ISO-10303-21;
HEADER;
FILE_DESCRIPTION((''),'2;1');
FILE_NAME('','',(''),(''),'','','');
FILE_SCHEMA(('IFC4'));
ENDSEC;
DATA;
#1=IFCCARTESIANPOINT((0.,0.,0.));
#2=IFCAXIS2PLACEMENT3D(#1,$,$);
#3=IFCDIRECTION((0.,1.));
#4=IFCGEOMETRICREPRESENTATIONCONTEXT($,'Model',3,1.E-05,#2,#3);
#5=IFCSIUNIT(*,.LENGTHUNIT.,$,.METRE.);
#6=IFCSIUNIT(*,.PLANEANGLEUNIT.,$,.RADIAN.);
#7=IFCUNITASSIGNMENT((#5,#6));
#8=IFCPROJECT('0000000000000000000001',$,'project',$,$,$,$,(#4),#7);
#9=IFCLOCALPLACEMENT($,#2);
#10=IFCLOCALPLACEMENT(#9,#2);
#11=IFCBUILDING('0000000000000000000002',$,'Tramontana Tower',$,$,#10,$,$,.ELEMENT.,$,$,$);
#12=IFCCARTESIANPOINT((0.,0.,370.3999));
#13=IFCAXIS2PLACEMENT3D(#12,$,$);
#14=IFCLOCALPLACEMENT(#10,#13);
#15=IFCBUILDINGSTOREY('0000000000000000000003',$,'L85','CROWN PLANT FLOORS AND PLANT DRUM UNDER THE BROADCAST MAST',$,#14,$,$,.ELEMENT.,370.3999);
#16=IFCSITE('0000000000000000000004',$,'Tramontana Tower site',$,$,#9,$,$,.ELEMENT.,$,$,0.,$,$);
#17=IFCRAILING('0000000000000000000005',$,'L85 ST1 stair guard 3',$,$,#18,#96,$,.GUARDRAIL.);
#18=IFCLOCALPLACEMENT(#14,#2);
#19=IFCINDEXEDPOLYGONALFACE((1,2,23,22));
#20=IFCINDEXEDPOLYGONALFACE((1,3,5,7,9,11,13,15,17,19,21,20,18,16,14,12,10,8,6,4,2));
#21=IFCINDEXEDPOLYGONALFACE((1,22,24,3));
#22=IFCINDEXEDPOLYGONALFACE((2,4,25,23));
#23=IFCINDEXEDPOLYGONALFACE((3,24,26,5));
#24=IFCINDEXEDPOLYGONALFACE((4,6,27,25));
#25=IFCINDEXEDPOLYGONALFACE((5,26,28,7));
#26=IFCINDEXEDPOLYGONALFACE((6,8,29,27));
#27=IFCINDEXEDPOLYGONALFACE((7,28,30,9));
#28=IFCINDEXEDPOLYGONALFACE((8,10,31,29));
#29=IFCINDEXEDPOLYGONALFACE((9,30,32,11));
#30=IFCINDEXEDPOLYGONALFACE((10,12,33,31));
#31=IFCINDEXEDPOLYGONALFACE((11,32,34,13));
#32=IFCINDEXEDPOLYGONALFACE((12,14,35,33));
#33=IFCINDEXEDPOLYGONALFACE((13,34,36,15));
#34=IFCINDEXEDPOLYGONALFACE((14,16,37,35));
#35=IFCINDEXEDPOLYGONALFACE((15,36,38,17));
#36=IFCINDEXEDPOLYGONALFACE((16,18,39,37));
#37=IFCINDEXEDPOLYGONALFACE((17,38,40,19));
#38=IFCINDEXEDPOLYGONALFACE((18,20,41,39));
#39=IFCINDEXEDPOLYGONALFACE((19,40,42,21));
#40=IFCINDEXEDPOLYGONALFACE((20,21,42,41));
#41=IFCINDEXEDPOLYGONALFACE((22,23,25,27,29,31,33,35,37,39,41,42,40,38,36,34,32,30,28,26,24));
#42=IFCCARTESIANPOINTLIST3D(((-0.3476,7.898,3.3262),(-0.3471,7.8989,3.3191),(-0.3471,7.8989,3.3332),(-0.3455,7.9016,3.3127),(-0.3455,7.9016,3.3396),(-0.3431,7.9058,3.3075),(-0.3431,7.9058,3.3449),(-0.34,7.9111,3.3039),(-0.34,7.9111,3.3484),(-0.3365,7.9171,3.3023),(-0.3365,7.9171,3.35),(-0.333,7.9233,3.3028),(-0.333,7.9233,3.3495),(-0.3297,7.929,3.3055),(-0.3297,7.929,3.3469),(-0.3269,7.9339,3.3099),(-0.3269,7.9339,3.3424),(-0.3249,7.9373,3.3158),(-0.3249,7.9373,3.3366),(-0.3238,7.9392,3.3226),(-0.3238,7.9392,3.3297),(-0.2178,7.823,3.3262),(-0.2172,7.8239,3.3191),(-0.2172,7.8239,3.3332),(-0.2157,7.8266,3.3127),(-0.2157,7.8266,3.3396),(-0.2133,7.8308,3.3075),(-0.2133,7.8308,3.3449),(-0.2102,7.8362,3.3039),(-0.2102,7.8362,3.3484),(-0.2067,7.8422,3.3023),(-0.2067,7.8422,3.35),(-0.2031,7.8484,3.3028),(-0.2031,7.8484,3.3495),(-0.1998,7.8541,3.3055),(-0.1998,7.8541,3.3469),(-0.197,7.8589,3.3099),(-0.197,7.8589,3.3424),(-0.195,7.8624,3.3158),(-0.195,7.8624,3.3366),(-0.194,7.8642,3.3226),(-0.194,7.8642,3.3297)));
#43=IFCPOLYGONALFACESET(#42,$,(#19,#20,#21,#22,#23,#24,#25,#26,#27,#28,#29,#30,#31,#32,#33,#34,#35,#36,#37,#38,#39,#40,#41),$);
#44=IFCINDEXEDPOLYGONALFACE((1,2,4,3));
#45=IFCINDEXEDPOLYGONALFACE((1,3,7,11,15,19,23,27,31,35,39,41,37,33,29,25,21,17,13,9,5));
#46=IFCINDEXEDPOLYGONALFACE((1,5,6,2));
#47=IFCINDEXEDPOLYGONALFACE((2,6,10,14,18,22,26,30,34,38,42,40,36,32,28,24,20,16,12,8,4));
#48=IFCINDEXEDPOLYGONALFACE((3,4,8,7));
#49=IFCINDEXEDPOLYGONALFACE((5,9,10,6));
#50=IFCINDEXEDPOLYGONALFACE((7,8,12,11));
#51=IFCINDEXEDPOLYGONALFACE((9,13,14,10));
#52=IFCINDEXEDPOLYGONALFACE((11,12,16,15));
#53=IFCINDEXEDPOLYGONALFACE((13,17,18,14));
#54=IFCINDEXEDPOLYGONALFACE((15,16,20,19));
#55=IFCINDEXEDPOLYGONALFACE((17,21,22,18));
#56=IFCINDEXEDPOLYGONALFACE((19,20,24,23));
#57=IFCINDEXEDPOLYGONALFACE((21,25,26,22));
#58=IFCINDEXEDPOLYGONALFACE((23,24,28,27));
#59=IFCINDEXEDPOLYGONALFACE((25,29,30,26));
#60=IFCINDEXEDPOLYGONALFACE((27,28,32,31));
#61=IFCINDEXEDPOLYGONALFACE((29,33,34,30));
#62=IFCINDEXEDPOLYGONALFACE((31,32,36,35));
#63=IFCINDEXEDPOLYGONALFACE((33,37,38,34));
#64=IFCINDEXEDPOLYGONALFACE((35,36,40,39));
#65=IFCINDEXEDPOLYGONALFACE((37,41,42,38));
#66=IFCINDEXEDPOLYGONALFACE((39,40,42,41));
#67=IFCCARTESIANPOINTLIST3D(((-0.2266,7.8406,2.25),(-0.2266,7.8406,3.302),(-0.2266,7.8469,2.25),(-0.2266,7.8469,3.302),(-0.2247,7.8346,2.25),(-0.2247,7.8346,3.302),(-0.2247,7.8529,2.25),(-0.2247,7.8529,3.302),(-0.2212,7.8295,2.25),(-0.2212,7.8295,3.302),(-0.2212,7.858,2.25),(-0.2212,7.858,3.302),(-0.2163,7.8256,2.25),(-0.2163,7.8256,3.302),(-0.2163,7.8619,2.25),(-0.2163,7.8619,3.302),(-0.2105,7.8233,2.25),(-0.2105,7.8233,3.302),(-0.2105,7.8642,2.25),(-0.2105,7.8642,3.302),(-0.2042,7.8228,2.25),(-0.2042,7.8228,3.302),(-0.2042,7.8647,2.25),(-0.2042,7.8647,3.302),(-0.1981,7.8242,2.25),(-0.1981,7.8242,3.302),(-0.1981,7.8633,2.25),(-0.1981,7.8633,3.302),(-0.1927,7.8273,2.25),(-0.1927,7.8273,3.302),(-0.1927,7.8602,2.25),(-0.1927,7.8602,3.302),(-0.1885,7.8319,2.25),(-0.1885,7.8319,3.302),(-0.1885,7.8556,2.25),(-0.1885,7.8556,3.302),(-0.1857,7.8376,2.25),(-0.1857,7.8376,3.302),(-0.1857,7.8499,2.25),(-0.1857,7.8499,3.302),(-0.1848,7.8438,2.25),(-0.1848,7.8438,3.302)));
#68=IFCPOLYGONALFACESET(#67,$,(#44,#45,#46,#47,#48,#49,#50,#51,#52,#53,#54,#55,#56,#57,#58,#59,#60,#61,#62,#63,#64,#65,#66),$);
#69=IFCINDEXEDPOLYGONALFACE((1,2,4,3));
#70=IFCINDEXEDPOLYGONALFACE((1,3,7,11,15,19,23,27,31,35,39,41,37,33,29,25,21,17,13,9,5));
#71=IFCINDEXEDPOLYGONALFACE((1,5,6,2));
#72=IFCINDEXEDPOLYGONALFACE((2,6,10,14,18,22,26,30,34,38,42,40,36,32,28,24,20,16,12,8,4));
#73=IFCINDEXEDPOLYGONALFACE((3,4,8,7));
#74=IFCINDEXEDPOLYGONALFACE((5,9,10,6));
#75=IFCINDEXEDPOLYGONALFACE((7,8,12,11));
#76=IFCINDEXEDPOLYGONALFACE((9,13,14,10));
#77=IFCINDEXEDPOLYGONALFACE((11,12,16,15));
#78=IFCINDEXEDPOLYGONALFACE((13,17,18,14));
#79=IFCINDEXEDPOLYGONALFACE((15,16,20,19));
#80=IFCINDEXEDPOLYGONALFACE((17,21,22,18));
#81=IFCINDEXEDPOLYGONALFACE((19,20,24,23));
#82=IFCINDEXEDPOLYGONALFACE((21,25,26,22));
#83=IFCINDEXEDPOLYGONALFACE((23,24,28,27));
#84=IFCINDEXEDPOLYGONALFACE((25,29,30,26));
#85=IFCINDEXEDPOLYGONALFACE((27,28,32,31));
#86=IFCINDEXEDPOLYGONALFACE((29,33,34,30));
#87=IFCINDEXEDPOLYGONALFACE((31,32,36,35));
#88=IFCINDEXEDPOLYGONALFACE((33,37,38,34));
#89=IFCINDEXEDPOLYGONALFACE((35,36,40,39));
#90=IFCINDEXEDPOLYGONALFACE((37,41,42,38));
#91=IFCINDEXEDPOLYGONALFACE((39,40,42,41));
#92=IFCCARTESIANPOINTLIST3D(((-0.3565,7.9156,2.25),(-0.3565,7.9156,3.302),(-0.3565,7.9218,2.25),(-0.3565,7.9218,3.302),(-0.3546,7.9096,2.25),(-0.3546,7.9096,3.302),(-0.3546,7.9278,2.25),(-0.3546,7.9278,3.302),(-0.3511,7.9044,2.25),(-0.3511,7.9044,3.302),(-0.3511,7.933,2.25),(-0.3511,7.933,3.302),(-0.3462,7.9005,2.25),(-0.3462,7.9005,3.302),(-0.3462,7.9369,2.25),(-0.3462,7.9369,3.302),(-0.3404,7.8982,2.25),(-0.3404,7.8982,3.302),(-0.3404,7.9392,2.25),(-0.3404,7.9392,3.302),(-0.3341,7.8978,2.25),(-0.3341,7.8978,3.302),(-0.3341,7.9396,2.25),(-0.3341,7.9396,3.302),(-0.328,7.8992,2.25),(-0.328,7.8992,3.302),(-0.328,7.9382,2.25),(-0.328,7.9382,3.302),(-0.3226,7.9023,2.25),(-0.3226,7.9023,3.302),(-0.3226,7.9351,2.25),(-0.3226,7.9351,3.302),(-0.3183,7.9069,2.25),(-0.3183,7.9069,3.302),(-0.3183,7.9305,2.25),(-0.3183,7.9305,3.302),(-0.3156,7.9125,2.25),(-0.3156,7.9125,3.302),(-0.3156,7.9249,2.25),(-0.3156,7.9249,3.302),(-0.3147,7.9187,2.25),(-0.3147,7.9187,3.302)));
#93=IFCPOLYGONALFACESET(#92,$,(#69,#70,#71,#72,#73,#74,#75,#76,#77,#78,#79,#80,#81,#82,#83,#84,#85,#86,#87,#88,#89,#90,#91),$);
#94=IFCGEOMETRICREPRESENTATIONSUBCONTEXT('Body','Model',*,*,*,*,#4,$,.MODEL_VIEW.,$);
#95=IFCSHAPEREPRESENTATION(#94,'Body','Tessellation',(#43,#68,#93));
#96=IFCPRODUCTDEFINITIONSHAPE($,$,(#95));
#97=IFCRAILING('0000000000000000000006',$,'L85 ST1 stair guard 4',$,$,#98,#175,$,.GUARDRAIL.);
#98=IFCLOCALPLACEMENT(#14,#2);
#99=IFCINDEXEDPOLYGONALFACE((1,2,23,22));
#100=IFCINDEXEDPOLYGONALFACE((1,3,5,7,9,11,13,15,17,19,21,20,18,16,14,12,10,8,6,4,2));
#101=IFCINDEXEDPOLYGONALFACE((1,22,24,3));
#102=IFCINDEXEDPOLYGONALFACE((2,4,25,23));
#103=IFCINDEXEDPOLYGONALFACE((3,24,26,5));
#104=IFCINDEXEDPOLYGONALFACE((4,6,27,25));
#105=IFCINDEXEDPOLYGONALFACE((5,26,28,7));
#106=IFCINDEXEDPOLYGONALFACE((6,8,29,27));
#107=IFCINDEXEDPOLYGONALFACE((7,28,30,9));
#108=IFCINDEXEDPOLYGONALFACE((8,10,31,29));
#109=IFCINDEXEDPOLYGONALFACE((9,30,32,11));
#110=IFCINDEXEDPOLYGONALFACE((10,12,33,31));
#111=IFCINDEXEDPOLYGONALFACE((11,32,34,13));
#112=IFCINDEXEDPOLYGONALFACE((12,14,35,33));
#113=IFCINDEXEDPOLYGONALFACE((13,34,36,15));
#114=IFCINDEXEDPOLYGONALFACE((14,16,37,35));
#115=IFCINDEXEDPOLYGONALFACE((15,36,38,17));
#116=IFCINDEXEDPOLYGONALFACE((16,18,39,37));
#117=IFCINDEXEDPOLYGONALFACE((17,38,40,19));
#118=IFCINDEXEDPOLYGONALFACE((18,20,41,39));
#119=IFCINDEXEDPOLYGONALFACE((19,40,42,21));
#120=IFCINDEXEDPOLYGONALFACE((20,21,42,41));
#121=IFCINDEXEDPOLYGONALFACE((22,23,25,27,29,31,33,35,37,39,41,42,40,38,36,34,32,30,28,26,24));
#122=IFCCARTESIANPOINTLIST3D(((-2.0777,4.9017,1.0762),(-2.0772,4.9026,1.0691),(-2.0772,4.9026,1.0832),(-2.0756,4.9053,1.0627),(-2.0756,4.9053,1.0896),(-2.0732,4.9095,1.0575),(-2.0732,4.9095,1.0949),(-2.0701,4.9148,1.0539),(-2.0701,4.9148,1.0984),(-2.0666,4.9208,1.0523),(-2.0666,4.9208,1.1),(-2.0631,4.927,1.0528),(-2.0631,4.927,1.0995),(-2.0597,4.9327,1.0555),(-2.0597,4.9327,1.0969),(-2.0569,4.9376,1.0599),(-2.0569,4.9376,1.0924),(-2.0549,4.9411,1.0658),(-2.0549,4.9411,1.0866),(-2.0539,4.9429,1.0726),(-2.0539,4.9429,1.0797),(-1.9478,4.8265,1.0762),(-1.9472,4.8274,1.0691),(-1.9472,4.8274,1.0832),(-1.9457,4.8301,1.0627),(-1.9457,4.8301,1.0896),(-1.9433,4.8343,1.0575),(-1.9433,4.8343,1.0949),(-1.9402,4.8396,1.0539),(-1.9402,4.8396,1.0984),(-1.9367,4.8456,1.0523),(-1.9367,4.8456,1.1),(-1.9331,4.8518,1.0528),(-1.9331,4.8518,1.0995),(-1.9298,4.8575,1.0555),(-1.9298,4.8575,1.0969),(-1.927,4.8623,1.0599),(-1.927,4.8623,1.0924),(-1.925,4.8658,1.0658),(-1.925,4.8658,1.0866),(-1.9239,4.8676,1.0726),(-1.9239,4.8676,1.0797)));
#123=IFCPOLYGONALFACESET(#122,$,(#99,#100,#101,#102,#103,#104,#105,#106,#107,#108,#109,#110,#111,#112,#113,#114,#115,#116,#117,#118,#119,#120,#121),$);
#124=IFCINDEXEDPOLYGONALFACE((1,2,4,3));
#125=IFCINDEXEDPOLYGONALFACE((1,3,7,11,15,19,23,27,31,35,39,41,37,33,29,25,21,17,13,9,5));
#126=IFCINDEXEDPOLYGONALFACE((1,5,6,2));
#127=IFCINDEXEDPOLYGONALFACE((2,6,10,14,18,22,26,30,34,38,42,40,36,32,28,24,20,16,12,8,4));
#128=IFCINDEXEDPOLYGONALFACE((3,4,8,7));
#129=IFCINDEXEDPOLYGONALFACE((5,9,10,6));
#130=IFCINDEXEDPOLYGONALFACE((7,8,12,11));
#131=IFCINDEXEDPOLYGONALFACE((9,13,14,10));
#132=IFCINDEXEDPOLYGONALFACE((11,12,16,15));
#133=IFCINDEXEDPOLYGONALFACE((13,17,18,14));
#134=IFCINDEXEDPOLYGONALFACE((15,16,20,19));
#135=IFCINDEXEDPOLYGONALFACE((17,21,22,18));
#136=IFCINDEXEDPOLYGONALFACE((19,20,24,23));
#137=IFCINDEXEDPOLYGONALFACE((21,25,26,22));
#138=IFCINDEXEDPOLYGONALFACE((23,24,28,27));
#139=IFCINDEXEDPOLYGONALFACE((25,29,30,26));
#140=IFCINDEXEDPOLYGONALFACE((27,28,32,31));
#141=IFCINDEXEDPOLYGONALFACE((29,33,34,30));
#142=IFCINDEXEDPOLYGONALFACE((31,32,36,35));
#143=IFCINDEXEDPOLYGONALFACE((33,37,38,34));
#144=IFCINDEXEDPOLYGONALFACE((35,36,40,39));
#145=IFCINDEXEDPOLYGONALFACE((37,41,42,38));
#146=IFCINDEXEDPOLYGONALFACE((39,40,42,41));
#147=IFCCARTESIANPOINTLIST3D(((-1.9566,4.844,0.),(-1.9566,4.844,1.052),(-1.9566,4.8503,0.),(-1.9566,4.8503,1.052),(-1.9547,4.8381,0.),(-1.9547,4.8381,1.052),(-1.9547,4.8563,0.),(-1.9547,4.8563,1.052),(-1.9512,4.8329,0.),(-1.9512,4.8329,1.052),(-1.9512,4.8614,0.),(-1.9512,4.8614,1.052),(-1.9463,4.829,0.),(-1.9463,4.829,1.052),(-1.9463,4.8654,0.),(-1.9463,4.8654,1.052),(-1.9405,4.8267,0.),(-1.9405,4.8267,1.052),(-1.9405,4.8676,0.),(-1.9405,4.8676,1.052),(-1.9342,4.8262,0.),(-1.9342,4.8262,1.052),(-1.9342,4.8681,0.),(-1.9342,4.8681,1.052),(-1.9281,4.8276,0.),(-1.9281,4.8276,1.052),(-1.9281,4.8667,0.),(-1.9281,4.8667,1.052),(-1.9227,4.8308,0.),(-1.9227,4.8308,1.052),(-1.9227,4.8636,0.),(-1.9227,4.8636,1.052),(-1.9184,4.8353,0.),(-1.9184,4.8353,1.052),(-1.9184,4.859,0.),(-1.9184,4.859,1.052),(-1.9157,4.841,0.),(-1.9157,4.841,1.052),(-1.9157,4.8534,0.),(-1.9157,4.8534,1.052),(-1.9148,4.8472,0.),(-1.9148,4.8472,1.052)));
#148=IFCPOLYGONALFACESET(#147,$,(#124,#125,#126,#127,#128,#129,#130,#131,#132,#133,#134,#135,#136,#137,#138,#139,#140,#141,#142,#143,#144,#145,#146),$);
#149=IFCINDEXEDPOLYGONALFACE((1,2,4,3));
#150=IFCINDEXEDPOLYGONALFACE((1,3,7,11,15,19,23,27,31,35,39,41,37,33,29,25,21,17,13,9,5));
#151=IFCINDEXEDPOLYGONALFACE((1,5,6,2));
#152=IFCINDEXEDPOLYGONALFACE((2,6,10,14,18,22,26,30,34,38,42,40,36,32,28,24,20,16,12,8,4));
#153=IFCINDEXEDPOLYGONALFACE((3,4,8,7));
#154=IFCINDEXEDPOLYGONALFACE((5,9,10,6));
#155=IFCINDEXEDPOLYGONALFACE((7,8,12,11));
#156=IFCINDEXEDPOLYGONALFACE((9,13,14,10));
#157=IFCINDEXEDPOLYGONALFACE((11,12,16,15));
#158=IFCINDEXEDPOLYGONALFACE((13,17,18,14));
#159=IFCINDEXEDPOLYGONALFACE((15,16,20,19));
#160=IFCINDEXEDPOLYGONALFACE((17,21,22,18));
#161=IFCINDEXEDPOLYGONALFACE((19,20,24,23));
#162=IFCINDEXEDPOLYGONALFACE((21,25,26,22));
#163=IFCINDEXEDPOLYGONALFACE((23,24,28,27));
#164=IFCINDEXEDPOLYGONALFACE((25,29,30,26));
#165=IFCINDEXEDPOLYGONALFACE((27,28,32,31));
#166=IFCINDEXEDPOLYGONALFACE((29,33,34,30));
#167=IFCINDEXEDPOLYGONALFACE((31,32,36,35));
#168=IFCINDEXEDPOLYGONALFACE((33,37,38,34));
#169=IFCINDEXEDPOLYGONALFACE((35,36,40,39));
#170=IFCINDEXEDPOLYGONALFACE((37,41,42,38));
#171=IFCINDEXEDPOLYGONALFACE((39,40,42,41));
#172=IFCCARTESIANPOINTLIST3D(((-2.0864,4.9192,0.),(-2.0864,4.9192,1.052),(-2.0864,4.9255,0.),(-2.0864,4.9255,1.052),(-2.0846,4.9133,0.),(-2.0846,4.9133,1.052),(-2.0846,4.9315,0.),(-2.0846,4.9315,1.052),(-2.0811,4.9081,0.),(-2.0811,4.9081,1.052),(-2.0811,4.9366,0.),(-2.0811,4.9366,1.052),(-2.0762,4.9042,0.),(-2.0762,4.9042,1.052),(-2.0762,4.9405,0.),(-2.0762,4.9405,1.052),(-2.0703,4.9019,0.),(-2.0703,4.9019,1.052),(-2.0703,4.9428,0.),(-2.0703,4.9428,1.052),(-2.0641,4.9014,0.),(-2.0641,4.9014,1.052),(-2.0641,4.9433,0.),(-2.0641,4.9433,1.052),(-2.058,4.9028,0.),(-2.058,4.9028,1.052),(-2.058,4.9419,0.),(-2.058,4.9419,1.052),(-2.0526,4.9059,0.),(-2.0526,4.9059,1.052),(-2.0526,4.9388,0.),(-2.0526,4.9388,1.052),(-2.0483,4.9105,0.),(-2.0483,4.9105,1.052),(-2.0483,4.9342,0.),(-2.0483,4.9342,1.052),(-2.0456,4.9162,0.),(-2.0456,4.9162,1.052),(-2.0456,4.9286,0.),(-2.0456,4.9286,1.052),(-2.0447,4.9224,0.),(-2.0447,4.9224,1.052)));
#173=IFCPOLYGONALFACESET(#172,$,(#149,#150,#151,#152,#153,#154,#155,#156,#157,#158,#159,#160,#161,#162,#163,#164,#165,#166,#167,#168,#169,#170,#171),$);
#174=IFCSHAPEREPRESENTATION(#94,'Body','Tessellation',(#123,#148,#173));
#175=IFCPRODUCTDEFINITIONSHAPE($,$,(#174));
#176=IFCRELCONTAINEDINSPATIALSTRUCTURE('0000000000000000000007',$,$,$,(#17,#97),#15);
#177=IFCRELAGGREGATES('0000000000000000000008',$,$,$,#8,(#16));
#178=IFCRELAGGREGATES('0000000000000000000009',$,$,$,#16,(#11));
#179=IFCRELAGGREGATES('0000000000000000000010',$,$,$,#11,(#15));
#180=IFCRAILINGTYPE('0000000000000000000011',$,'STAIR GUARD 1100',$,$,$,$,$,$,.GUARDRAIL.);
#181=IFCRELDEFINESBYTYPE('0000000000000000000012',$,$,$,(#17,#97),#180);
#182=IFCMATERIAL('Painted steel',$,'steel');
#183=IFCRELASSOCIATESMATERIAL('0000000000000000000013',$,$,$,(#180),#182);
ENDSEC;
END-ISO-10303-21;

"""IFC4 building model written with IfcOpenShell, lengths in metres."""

from ifc_helpers import new_model, si_unit, direction, frame, origin, origin_2d, place, context, subcontext, project, spatial, circle, extrude, material, type_object, element, save


model = new_model("IFC4")

# Units and contexts
model_context = context("Model", 3, precision=1e-05, world=origin(), true_north=direction((0.0, 1.0)))
body_context = subcontext(model_context, "Body", "Model", "MODEL_VIEW")
ifc_project = project(units=[si_unit("LENGTHUNIT", "METRE"), si_unit("PLANEANGLEUNIT", "RADIAN")], contexts=[model_context])

# Site, building, storey
site_placement = place(None, origin())
site = spatial("IfcSite", under=ifc_project, at=site_placement, Name="Tramontana Tower site", CompositionType="ELEMENT", RefElevation=0.0)
building_placement = place(site_placement, origin())
building = spatial("IfcBuilding", under=site, at=building_placement, Name="Tramontana Tower", CompositionType="ELEMENT")
storey_placement = place(building_placement, frame((0.0, 0.0, 370.3999)))
storey = spatial("IfcBuildingStorey", under=building, at=storey_placement, Name="L85", Description="CROWN PLANT FLOORS AND PLANT DRUM UNDER THE BROADCAST MAST", CompositionType="ELEMENT", Elevation=370.3999)

# Railings
ifc_material_1 = material(Name="Painted steel", Category="steel")
railing_type_1 = type_object("IfcRailingType", Name="STAIR GUARD 1100", PredefinedType="GUARDRAIL", material=ifc_material_1)
railing_1_placement = place(storey_placement, frame((-0.2058, 7.8438, 2.25)))
element("IfcRailing", 1, at=railing_1_placement, inside=storey, type_object=railing_type_1, Name="L85 ST1 stair guard 3", PredefinedType="GUARDRAIL", context=body_context, shape_type="SweptSolid", body=[
    extrude(circle(Radius=0.0239, at=origin_2d()), frame((0.0, 0.0, 1.0762), z_axis=(-0.866131, 0.499816, 0.0), x_axis=(-0.499816, -0.866131, 0.0)), (0.0, 0.0, 1.0), 0.1499),
    extrude(circle(Radius=0.021, at=origin_2d()), origin(), (0.0, 0.0, 1.0), 1.052),
    extrude(circle(Radius=0.021, at=origin_2d()), frame((-0.1299, 0.075, 0.0)), (0.0, 0.0, 1.0), 1.052),
])
railing_2_placement = place(storey_placement, frame((-1.9358, 4.8472, 0.0)))
element("IfcRailing", 2, at=railing_2_placement, inside=storey, type_object=railing_type_1, Name="L85 ST1 stair guard 4", PredefinedType="GUARDRAIL", context=body_context, shape_type="SweptSolid", body=[
    extrude(circle(Radius=0.0239, at=origin_2d()), frame((0.0, 0.0, 1.0762), z_axis=(-0.865426, 0.501036, 0.0), x_axis=(-0.501036, -0.865426, 0.0)), (0.0, 0.0, 1.0), 0.1501),
    extrude(circle(Radius=0.021, at=origin_2d()), origin(), (0.0, 0.0, 1.0), 1.052),
    extrude(circle(Radius=0.021, at=origin_2d()), frame((-0.1299, 0.0752, 0.0)), (0.0, 0.0, 1.0), 1.052),
])

save(model, "model.ifc")
